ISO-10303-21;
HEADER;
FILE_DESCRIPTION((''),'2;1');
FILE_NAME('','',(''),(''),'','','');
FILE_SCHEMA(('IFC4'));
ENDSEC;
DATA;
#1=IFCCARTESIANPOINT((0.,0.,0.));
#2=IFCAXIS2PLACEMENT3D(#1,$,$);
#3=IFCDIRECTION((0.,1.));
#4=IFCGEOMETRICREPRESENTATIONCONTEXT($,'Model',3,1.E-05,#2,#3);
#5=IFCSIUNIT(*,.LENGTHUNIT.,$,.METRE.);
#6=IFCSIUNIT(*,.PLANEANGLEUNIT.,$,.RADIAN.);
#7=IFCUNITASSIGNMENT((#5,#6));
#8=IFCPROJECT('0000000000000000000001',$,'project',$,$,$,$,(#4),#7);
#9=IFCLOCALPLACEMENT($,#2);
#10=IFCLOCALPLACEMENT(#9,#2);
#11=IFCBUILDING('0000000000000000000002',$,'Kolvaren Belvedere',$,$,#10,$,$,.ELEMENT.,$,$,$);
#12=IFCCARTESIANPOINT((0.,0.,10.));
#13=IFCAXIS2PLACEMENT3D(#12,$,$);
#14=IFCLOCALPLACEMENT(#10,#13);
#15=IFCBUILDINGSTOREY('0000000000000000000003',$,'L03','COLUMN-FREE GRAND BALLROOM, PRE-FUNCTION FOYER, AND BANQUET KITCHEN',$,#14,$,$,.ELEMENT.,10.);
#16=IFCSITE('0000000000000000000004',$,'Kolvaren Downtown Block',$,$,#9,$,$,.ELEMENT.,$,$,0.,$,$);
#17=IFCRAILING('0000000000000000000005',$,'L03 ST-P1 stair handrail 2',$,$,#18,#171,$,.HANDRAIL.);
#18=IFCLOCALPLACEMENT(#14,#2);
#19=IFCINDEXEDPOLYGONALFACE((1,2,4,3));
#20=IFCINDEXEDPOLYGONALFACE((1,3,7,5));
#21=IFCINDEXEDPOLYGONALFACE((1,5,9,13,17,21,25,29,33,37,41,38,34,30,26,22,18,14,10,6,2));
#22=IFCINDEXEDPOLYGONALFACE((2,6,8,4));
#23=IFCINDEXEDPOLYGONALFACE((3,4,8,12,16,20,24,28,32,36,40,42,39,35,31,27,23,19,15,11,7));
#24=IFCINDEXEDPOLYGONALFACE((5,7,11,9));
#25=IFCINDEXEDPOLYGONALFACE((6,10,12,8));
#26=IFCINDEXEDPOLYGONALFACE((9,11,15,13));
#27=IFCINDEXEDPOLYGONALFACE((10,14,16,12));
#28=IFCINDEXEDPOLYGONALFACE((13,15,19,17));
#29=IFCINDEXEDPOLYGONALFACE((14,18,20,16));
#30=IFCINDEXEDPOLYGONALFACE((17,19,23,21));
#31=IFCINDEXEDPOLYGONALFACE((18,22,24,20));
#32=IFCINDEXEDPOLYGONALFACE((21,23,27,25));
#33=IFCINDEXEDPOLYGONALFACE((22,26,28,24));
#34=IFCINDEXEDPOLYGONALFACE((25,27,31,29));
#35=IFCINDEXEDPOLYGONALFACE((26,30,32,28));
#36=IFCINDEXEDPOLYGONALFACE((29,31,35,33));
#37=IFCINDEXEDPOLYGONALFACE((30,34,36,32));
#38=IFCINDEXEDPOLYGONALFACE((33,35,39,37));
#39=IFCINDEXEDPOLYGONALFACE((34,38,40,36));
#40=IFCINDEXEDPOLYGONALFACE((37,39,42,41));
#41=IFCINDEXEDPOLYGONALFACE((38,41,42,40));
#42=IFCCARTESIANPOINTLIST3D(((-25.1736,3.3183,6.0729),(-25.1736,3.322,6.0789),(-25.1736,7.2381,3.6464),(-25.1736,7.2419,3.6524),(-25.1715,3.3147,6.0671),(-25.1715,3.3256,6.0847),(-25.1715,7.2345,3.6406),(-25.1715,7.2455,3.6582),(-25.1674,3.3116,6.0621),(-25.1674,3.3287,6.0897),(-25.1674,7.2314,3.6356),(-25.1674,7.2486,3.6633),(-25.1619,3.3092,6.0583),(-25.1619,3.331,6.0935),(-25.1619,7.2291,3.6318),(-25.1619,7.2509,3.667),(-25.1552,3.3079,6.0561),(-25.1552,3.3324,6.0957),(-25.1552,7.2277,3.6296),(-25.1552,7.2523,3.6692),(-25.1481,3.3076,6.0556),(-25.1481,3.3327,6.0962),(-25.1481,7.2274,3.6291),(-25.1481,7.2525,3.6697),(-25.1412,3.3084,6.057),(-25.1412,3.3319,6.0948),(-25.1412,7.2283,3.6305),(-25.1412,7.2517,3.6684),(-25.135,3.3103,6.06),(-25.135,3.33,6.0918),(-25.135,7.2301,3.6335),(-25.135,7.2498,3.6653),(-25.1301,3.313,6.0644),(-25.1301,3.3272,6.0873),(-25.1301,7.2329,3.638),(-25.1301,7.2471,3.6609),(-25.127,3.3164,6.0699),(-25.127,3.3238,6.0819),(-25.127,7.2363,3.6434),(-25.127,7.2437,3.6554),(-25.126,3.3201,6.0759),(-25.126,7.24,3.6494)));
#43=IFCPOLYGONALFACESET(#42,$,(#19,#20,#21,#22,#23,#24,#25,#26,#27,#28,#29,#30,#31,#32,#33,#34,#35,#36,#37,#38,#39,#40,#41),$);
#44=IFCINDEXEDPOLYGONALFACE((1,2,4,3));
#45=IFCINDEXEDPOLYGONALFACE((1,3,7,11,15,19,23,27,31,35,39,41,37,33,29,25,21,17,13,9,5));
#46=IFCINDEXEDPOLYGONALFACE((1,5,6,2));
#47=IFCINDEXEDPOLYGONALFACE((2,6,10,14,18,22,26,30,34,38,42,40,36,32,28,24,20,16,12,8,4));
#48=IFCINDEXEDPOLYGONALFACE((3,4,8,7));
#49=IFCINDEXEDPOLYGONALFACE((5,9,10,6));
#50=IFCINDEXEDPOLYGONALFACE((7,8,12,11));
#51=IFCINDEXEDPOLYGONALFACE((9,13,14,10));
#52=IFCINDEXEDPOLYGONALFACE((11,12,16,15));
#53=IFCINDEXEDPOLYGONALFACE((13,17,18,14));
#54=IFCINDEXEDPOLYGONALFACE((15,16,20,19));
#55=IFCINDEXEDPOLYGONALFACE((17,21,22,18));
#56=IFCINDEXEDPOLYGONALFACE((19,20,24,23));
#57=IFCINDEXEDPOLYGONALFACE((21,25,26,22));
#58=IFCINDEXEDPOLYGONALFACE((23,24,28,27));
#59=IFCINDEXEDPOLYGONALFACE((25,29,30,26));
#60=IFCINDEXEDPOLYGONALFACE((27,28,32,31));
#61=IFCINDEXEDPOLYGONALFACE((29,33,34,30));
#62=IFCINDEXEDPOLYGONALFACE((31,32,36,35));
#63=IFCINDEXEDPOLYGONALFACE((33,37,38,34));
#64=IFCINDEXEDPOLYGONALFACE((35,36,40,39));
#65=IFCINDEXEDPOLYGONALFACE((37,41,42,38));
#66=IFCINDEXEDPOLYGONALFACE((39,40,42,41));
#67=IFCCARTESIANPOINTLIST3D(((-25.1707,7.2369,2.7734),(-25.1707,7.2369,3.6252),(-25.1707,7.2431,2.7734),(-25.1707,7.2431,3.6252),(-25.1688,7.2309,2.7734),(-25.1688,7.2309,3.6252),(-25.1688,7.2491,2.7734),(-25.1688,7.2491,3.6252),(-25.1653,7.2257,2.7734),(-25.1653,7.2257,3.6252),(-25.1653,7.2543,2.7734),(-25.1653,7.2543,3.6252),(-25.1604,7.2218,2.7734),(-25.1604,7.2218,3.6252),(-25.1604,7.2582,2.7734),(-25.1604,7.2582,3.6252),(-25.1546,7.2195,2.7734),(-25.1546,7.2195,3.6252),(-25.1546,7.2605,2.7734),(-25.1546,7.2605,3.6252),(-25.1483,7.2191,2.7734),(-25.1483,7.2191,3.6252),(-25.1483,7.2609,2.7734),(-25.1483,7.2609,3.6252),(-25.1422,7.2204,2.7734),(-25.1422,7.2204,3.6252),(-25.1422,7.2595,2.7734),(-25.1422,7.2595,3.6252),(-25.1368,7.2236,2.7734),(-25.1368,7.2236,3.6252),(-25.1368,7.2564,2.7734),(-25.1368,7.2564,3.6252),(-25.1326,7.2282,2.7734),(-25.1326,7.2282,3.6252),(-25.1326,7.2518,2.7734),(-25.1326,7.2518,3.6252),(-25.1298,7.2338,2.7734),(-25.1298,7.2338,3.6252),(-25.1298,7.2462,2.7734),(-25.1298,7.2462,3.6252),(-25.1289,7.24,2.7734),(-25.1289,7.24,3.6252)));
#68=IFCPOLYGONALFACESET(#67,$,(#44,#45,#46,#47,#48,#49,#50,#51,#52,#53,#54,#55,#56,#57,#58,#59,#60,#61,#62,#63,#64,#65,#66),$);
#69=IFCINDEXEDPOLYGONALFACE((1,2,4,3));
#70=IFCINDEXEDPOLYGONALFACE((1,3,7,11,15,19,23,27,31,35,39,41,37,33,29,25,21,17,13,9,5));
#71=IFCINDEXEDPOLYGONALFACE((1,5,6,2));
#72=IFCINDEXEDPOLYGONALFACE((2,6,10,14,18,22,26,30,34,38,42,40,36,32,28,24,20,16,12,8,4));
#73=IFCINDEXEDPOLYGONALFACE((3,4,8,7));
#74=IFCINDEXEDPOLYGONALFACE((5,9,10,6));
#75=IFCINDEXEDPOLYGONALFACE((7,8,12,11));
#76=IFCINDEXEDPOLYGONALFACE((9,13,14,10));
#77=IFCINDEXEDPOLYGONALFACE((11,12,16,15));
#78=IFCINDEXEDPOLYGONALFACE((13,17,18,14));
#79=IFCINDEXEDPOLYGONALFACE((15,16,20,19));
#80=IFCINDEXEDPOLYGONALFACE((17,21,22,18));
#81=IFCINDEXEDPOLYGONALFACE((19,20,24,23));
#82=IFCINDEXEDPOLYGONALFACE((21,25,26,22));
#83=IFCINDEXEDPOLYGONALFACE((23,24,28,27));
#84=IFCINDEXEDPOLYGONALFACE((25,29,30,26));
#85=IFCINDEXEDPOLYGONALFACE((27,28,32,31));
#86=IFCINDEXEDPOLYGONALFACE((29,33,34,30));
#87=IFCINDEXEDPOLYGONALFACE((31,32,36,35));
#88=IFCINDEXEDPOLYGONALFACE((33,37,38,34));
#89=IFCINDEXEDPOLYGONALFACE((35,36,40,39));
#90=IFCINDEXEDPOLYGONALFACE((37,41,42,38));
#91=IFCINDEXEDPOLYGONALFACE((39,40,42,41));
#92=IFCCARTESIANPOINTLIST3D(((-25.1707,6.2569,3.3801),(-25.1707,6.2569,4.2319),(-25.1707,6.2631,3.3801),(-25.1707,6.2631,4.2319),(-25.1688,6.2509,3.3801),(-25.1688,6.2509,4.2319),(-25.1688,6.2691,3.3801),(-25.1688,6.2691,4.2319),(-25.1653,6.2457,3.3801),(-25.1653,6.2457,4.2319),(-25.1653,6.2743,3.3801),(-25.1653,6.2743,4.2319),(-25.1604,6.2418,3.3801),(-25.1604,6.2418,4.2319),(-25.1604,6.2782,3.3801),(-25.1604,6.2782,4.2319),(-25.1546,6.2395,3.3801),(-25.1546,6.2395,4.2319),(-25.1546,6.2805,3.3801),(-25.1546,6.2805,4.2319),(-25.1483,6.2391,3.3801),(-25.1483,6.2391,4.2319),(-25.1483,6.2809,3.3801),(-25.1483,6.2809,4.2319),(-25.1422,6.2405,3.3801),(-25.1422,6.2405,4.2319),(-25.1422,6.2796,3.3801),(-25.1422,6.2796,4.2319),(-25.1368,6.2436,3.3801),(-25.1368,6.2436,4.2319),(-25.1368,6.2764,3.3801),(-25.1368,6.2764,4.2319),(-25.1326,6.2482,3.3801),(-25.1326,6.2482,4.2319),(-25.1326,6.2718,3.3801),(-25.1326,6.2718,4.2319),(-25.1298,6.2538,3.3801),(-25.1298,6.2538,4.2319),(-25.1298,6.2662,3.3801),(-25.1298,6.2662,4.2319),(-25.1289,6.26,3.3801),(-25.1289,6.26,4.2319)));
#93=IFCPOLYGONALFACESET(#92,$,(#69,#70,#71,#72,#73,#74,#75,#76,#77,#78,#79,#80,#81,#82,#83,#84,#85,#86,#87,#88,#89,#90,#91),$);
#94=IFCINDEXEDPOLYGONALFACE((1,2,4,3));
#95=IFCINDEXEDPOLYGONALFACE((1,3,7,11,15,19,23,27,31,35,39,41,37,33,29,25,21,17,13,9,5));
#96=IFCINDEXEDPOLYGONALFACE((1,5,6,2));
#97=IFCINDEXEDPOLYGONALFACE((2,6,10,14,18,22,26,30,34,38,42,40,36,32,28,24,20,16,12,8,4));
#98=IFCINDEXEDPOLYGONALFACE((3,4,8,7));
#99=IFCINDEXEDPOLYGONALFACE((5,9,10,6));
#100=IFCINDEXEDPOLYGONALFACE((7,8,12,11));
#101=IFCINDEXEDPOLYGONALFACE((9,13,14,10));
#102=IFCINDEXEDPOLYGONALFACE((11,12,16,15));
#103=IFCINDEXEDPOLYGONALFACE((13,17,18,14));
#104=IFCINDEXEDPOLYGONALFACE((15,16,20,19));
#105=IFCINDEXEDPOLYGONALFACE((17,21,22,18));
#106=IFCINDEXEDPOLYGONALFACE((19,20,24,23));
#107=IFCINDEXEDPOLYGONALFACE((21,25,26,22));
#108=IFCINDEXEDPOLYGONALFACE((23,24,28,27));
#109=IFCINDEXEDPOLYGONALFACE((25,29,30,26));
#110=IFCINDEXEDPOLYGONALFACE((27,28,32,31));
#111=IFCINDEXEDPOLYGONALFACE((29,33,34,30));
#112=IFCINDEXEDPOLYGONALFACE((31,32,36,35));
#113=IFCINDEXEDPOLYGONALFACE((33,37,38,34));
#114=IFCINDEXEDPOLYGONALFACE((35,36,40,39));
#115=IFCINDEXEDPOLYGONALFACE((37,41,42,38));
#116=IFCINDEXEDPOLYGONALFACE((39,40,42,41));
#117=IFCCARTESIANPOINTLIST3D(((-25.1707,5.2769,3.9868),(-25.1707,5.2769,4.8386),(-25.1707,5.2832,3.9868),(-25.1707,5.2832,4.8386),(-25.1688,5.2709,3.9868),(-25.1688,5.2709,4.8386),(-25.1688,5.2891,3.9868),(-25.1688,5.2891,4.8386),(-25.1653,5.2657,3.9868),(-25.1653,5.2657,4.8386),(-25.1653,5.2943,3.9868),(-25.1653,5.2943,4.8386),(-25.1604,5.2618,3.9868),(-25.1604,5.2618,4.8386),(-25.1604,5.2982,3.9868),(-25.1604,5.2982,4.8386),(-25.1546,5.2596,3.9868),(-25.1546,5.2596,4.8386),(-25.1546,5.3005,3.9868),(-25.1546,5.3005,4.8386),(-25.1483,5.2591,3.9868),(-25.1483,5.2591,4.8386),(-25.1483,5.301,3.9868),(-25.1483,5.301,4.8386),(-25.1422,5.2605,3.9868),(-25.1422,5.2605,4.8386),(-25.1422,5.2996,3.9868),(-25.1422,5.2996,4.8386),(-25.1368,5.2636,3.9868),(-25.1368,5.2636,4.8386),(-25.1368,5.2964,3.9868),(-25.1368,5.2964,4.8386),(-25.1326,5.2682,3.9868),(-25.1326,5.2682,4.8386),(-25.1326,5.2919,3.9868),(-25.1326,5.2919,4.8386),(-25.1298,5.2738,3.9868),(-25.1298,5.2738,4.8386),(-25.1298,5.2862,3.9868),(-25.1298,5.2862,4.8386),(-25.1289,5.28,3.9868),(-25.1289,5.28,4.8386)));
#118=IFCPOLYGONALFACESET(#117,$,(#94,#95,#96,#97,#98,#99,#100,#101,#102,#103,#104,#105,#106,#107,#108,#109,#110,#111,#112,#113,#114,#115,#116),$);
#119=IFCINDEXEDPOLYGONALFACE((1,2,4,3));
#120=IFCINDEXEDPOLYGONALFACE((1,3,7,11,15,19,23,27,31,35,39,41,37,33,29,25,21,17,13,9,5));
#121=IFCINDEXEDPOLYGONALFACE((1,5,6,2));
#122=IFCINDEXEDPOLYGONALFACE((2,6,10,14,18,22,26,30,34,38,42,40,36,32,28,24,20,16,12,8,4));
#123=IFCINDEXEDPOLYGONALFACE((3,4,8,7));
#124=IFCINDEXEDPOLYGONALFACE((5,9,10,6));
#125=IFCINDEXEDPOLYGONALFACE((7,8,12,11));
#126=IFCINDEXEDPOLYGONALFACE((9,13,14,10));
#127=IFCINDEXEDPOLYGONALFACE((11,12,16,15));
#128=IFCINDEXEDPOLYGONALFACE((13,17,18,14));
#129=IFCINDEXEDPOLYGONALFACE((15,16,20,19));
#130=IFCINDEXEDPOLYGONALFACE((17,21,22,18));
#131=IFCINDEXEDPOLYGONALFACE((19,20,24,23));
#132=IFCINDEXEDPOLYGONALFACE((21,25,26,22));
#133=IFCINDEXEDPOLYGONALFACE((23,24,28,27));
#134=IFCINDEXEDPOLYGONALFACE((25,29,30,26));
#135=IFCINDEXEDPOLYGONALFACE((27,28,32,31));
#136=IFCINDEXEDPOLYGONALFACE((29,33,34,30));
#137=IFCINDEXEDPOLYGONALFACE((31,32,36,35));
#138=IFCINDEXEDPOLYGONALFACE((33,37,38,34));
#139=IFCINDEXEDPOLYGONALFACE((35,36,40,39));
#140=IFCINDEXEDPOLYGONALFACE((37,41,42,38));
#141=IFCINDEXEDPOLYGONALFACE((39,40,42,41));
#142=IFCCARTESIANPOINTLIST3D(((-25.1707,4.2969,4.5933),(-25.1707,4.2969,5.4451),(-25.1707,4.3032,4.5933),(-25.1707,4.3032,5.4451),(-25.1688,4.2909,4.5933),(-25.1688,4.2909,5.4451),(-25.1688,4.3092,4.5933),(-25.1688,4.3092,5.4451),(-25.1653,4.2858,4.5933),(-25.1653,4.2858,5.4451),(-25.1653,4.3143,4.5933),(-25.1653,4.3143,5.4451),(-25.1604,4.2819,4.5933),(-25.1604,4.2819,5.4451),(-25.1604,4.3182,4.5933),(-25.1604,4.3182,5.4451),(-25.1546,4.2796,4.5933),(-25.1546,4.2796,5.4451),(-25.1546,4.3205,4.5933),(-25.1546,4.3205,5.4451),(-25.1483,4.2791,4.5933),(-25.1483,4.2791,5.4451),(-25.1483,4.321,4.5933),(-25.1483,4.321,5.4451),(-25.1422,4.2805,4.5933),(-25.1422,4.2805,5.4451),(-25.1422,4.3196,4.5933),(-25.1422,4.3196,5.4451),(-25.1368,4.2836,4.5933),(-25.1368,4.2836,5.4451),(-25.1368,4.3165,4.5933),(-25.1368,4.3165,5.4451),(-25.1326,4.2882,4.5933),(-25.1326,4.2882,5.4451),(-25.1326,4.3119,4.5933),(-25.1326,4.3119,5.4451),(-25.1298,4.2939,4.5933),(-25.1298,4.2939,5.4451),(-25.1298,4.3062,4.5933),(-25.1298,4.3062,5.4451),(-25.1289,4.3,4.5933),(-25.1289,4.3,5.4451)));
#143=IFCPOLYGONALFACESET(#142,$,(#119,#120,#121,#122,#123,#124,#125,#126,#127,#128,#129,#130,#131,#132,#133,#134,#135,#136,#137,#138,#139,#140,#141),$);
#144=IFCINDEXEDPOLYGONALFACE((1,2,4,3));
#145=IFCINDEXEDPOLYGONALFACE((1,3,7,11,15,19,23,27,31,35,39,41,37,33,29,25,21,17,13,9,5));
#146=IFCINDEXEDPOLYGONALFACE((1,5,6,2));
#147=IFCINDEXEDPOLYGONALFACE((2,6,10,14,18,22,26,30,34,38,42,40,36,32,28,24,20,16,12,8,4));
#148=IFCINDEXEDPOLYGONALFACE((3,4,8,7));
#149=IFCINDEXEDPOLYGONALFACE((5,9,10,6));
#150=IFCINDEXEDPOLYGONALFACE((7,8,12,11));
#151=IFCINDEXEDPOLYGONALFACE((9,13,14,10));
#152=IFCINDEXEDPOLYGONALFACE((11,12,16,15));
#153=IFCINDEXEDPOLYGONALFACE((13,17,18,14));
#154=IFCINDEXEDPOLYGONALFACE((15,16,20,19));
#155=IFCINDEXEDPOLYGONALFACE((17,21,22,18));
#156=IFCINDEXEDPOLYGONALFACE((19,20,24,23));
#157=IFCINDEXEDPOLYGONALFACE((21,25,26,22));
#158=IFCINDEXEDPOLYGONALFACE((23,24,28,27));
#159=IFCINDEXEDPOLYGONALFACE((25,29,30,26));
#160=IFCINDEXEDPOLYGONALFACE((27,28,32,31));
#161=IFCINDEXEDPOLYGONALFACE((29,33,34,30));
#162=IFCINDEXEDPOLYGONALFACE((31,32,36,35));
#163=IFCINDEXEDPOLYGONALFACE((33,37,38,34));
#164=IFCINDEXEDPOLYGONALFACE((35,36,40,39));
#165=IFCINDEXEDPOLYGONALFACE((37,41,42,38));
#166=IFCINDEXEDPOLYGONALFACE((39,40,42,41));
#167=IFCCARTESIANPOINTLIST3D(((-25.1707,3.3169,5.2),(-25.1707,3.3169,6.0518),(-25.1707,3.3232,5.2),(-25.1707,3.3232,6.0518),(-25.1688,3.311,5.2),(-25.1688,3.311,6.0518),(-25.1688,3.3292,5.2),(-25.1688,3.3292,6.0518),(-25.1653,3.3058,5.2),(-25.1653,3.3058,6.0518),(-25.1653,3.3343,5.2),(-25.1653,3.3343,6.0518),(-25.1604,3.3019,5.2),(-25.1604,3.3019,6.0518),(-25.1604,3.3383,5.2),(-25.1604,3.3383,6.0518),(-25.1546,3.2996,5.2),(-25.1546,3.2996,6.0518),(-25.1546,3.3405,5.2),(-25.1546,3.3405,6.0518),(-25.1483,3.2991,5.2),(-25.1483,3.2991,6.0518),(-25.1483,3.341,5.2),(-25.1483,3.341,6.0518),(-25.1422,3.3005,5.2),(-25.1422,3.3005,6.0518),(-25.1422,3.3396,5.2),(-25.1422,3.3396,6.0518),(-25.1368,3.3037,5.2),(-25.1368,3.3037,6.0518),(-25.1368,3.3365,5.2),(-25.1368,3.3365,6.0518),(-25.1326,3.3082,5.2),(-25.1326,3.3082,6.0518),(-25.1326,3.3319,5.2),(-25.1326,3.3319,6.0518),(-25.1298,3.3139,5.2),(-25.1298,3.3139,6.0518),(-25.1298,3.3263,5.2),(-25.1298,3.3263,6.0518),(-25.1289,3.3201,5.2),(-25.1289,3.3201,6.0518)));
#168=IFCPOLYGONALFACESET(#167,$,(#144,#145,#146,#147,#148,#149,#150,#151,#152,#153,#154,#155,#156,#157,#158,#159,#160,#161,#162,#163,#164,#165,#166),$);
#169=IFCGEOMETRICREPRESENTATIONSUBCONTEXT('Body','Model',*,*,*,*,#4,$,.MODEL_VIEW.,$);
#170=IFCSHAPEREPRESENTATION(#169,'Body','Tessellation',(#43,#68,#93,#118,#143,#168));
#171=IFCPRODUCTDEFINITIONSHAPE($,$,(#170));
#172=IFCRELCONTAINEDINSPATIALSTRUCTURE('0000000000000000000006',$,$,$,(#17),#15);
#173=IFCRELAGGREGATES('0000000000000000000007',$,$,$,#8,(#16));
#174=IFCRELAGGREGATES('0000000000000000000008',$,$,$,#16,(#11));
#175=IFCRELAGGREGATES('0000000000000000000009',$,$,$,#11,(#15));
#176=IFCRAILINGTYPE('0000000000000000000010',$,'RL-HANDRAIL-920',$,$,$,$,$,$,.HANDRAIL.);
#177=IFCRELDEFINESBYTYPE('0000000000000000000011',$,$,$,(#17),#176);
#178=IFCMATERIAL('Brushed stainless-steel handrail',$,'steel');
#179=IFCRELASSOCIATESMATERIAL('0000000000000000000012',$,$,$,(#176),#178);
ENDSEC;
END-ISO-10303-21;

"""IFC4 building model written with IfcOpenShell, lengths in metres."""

from ifc_helpers import new_model, si_unit, direction, frame, origin, origin_2d, place, context, subcontext, project, spatial, circle, extrude, material, type_object, element, save


model = new_model("IFC4")

# Units and contexts
model_context = context("Model", 3, precision=1e-05, world=origin(), true_north=direction((0.0, 1.0)))
body_context = subcontext(model_context, "Body", "Model", "MODEL_VIEW")
ifc_project = project(units=[si_unit("LENGTHUNIT", "METRE"), si_unit("PLANEANGLEUNIT", "RADIAN")], contexts=[model_context])

# Site, building, storey
site_placement = place(None, origin())
site = spatial("IfcSite", under=ifc_project, at=site_placement, Name="Kolvaren Downtown Block", CompositionType="ELEMENT", RefElevation=0.0)
building_placement = place(site_placement, origin())
building = spatial("IfcBuilding", under=site, at=building_placement, Name="Kolvaren Belvedere", CompositionType="ELEMENT")
storey_placement = place(building_placement, frame((0.0, 0.0, 10.0)))
storey = spatial("IfcBuildingStorey", under=building, at=storey_placement, Name="L03", Description="COLUMN-FREE GRAND BALLROOM, PRE-FUNCTION FOYER, AND BANQUET KITCHEN", CompositionType="ELEMENT", Elevation=10.0)

# Railing
ifc_material_1 = material(Name="Brushed stainless-steel handrail", Category="steel")
railing_type_1 = type_object("IfcRailingType", Name="RL-HANDRAIL-920", PredefinedType="HANDRAIL", material=ifc_material_1)
railing_1_placement = place(storey_placement, frame((-25.1499, 7.24, 2.7734)))
element("IfcRailing", 1, at=railing_1_placement, inside=storey, type_object=railing_type_1, Name="L03 ST-P1 stair handrail 2", PredefinedType="HANDRAIL", context=body_context, shape_type="SweptSolid", body=[
    extrude(circle(Radius=0.0239, at=origin_2d()), frame((0.0, 0.0, 0.876), z_axis=(0.0, -0.850275, 0.526338), x_axis=(1.0, 0.0, 0.0)), (0.0, 0.0, 1.0), 4.6101),
    extrude(circle(Radius=0.021, at=origin_2d()), origin(), (0.0, 0.0, 1.0), 0.8518),
    extrude(circle(Radius=0.021, at=origin_2d()), frame((0.0, -0.98, 0.6067)), (0.0, 0.0, 1.0), 0.8518),
    extrude(circle(Radius=0.021, at=origin_2d()), frame((0.0, -1.96, 1.2134)), (0.0, 0.0, 1.0), 0.8518),
    extrude(circle(Radius=0.021, at=origin_2d()), frame((0.0, -2.9399, 1.8198)), (0.0, 0.0, 1.0), 0.8518),
    extrude(circle(Radius=0.021, at=origin_2d()), frame((0.0, -3.9199, 2.4265)), (0.0, 0.0, 1.0), 0.8518),
])

save(model, "model.ifc")
